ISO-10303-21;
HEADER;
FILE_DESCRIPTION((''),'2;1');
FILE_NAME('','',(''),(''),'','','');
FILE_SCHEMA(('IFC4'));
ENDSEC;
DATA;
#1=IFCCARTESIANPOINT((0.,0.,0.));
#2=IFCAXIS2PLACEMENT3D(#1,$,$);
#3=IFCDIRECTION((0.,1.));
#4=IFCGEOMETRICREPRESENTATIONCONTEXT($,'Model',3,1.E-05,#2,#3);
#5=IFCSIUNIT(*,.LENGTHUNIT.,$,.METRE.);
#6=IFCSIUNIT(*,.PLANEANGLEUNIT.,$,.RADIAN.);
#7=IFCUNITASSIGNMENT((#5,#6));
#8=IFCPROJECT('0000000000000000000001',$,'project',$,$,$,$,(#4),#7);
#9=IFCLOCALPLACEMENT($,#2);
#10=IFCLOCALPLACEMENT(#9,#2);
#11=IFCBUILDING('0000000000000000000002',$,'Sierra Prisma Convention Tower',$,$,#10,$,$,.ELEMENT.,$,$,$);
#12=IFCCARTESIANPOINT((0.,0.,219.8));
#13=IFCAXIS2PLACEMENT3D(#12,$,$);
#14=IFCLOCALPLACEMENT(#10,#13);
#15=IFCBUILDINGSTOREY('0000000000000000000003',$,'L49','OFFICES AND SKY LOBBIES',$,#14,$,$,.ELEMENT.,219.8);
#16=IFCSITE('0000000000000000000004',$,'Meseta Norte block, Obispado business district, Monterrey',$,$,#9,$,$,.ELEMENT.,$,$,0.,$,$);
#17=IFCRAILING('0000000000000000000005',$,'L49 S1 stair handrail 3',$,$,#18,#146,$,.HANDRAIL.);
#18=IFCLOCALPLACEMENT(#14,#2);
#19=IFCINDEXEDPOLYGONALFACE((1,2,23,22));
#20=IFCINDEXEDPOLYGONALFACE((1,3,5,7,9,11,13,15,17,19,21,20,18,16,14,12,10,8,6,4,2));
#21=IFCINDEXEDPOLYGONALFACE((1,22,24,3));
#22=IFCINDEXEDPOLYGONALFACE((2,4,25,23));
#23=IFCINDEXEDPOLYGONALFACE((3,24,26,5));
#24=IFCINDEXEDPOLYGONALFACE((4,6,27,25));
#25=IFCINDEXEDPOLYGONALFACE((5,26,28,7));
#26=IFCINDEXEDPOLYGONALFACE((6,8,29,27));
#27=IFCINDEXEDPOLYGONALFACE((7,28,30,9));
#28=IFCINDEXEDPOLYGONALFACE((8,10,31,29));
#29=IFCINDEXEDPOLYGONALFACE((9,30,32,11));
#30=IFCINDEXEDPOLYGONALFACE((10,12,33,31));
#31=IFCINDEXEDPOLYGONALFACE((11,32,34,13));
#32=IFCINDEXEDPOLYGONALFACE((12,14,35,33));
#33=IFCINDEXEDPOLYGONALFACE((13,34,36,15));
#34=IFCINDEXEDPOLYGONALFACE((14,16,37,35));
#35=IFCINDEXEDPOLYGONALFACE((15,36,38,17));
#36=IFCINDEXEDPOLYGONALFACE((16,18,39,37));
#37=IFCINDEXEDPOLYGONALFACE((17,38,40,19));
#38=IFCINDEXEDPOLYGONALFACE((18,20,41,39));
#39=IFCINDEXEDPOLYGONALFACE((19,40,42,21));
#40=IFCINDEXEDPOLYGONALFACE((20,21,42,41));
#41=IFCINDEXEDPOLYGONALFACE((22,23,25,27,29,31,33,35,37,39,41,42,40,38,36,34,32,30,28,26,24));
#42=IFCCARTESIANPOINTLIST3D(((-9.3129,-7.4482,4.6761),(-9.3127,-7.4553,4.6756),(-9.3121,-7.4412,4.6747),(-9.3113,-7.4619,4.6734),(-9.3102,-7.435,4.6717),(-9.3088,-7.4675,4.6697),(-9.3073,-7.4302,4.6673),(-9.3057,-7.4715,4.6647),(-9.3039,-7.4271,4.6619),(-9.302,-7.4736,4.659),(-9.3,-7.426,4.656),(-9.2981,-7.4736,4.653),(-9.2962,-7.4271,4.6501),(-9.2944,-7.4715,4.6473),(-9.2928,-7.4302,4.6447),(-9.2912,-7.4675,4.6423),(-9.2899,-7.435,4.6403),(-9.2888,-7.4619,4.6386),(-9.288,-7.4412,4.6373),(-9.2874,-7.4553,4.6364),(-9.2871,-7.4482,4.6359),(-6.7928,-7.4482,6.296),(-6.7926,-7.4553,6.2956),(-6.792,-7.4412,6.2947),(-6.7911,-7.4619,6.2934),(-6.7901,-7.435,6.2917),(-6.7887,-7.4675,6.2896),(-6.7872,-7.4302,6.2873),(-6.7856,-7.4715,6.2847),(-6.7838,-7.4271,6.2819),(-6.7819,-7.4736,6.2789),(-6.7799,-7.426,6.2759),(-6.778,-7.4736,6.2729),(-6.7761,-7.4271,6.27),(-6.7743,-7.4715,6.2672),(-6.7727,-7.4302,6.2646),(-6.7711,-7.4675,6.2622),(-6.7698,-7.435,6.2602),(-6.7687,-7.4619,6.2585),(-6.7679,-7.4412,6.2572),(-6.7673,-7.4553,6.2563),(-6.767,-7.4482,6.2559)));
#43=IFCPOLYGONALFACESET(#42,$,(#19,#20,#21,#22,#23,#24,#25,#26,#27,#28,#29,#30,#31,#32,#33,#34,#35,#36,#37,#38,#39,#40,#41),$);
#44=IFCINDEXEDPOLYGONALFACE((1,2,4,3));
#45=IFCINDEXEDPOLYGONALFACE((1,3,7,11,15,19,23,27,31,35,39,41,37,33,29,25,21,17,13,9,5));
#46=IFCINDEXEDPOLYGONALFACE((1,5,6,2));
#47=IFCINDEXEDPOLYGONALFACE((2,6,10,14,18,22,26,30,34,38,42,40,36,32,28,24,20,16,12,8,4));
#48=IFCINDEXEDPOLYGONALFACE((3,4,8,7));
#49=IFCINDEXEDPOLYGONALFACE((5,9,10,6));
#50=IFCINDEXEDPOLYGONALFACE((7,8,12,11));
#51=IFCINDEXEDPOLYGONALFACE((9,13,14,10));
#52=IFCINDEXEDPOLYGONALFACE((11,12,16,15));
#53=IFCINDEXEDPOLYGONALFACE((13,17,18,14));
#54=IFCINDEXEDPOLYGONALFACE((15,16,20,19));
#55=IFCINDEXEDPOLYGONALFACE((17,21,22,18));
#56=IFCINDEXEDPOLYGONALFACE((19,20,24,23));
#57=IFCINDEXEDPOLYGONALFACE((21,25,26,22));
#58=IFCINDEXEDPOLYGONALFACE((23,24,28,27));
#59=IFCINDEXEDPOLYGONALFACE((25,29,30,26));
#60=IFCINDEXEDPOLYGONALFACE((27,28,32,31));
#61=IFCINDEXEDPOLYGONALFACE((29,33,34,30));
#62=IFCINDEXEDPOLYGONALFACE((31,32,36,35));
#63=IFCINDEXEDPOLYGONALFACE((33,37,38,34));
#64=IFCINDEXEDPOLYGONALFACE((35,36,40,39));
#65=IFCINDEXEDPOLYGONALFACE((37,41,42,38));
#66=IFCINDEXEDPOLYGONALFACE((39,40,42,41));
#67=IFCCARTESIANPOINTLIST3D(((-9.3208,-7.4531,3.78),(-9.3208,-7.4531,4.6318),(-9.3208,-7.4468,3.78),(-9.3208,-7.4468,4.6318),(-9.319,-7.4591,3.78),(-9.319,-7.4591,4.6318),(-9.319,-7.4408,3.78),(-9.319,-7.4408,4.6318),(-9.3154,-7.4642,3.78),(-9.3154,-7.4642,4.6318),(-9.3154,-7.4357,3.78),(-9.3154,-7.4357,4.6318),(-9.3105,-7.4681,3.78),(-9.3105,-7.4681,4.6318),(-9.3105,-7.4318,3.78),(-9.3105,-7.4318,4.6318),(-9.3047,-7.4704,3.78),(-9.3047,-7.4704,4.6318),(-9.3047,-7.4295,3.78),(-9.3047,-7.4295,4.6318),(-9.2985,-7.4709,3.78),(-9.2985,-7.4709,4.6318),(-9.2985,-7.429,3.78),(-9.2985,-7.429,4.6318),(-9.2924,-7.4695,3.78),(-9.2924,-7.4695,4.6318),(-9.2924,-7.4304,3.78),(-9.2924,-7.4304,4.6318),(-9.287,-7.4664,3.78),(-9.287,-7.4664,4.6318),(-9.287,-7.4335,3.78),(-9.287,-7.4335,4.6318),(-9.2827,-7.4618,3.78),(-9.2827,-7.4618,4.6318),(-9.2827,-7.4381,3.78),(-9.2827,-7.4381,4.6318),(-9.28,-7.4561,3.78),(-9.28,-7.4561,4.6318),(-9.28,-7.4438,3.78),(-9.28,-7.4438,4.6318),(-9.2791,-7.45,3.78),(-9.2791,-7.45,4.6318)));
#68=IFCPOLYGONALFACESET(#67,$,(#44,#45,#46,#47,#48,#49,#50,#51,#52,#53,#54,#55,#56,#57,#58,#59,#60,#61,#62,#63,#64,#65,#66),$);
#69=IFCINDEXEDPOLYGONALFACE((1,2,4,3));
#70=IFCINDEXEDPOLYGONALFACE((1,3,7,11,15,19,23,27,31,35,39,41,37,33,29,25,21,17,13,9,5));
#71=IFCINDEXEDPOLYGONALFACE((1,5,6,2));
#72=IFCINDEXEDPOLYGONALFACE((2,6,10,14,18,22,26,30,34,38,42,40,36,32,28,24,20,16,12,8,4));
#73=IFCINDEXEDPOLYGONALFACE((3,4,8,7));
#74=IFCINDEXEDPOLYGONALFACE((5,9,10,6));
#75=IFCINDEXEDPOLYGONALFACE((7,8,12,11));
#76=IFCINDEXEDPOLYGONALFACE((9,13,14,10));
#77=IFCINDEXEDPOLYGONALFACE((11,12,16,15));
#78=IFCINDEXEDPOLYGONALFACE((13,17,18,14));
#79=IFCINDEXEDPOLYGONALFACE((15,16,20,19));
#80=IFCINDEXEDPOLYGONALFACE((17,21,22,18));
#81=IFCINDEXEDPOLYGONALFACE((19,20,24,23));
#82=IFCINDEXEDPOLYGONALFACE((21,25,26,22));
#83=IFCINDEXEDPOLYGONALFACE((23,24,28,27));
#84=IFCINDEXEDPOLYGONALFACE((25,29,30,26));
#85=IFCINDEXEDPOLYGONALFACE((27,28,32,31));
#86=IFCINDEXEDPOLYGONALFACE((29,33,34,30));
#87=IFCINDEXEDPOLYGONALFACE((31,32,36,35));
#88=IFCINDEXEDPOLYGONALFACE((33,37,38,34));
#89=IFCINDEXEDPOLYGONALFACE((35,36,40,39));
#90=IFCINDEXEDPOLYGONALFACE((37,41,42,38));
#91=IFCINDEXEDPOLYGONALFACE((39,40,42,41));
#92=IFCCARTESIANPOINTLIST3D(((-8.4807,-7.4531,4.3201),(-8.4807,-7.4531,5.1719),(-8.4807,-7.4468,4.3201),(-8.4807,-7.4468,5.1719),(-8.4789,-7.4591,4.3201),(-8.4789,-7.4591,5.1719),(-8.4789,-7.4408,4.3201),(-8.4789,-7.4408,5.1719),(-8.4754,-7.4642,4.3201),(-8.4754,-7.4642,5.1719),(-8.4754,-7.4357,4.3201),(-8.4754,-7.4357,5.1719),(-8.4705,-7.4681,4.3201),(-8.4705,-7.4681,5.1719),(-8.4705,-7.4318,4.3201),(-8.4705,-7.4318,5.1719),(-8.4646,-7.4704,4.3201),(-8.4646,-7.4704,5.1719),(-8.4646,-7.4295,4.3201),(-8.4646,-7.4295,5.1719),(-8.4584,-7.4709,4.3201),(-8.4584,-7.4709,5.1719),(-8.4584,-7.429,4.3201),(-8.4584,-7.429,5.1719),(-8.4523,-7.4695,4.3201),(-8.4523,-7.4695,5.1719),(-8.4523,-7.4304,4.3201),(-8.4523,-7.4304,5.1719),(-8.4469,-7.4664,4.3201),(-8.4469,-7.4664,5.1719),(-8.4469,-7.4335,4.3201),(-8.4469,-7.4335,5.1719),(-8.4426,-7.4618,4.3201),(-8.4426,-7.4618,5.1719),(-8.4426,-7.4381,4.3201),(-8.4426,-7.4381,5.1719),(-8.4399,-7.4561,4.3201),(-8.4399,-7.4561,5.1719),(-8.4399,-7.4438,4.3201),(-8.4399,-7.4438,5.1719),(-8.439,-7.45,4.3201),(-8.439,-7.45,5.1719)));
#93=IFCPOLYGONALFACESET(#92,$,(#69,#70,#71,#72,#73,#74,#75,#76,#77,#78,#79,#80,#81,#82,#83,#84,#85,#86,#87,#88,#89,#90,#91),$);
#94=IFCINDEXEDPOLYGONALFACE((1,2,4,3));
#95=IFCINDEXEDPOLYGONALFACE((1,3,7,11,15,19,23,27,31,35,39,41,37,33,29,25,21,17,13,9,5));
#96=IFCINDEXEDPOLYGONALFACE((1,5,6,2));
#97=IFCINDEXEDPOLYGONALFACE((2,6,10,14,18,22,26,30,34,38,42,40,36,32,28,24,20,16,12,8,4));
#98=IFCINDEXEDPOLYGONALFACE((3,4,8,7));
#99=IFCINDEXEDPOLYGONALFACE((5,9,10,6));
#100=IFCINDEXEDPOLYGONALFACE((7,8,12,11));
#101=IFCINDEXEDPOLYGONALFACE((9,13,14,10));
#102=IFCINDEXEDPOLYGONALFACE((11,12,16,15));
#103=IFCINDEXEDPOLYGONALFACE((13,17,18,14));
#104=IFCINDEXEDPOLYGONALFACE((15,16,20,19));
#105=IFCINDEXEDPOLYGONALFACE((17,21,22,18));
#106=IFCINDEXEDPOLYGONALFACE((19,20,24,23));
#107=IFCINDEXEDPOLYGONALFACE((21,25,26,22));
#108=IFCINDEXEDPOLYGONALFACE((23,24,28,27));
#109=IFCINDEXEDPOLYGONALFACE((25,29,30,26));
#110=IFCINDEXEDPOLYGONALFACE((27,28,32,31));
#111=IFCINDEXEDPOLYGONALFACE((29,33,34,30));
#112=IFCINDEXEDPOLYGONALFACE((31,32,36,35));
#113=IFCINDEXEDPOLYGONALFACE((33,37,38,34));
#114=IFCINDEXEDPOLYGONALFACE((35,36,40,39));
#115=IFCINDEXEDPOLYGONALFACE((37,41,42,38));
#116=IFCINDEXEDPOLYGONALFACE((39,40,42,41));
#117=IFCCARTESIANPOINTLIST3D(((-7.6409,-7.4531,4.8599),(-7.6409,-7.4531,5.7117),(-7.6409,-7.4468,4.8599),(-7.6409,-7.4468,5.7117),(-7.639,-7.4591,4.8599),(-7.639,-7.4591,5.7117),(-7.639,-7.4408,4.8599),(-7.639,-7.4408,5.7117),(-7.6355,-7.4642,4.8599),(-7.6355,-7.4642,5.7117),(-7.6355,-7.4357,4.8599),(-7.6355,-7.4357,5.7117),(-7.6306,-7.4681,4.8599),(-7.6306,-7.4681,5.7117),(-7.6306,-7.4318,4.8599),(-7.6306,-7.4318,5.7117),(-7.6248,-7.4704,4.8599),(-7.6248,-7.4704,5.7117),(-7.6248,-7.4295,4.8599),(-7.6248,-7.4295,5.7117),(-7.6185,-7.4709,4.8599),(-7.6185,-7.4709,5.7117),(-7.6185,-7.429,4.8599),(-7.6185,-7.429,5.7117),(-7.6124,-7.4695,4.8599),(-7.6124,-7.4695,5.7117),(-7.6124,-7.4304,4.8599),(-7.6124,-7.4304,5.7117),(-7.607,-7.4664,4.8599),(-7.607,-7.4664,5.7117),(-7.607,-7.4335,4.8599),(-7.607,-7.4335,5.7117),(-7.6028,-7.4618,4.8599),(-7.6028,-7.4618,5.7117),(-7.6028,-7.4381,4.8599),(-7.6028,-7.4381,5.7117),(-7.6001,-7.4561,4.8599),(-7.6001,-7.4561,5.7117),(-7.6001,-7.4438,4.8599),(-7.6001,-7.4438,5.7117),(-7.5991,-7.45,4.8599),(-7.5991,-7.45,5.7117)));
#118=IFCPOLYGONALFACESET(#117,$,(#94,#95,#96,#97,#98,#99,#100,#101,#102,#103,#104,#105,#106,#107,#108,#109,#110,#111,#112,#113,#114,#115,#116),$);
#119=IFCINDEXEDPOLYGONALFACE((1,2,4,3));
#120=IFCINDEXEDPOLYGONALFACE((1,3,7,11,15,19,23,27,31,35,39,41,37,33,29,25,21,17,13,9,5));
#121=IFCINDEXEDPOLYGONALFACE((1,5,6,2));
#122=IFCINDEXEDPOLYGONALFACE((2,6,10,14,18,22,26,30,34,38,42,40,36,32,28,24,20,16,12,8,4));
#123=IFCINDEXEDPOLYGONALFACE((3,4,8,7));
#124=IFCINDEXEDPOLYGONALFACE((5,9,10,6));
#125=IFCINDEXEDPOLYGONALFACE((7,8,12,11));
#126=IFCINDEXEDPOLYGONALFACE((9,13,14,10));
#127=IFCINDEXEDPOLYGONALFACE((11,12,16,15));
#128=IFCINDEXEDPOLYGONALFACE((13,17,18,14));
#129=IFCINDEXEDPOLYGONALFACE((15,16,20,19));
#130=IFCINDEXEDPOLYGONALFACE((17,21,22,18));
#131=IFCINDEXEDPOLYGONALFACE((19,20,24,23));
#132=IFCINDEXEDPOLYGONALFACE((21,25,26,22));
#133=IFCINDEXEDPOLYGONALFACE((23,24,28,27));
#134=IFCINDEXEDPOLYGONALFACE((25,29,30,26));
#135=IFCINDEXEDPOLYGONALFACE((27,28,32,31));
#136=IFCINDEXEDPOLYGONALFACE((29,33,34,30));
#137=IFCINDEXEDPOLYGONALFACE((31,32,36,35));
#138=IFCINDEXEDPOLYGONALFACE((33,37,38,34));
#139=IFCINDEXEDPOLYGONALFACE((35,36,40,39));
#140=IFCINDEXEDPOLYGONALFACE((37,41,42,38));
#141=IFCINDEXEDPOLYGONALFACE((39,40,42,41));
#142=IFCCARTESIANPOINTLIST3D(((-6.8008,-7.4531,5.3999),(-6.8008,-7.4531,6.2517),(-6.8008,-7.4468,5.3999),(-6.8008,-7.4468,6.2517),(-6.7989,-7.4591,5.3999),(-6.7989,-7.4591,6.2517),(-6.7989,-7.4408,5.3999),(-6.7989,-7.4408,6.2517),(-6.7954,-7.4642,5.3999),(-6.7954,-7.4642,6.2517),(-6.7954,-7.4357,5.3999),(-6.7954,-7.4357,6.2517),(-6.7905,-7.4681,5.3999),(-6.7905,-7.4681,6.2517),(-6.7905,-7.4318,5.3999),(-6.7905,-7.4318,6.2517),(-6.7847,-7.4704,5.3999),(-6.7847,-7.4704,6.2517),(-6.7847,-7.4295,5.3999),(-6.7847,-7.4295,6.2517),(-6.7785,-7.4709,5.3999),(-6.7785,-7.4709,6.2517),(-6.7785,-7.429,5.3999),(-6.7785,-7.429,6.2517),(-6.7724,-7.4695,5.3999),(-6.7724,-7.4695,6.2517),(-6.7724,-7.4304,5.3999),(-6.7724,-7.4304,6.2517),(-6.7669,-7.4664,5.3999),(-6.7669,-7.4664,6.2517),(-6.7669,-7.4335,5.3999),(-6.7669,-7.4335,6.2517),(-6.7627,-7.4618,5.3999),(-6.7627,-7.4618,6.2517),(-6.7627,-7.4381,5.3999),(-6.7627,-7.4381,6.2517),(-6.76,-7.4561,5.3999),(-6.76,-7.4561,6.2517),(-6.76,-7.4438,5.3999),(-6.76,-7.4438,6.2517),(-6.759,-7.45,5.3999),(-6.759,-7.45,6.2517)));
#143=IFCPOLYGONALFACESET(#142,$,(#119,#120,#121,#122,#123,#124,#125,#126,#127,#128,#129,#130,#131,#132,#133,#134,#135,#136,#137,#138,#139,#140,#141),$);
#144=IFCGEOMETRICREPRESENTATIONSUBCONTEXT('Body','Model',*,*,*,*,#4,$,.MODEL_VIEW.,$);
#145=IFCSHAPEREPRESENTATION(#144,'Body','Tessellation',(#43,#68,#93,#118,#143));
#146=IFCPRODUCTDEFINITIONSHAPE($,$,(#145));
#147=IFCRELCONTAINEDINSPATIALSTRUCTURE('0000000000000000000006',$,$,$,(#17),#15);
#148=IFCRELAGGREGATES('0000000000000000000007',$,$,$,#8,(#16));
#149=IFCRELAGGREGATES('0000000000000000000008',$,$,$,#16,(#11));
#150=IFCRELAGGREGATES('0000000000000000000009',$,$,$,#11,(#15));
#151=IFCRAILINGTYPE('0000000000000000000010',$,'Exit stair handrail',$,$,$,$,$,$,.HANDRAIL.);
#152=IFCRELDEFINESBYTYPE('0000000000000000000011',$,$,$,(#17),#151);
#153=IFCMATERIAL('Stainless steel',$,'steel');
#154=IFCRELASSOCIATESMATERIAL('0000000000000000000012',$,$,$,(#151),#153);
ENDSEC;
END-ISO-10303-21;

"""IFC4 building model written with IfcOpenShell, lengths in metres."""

from ifc_helpers import new_model, si_unit, direction, frame, origin, origin_2d, place, context, subcontext, project, spatial, circle, extrude, material, type_object, element, save


model = new_model("IFC4")

# Units and contexts
model_context = context("Model", 3, precision=1e-05, world=origin(), true_north=direction((0.0, 1.0)))
body_context = subcontext(model_context, "Body", "Model", "MODEL_VIEW")
ifc_project = project(units=[si_unit("LENGTHUNIT", "METRE"), si_unit("PLANEANGLEUNIT", "RADIAN")], contexts=[model_context])

# Site, building, storey
site_placement = place(None, origin())
site = spatial("IfcSite", under=ifc_project, at=site_placement, Name="Meseta Norte block, Obispado business district, Monterrey", CompositionType="ELEMENT", RefElevation=0.0)
building_placement = place(site_placement, origin())
building = spatial("IfcBuilding", under=site, at=building_placement, Name="Sierra Prisma Convention Tower", CompositionType="ELEMENT")
storey_placement = place(building_placement, frame((0.0, 0.0, 219.8)))
storey = spatial("IfcBuildingStorey", under=building, at=storey_placement, Name="L49", Description="OFFICES AND SKY LOBBIES", CompositionType="ELEMENT", Elevation=219.8)

# Railing
ifc_material_1 = material(Name="Stainless steel", Category="steel")
railing_type_1 = type_object("IfcRailingType", Name="Exit stair handrail", PredefinedType="HANDRAIL", material=ifc_material_1)
railing_1_placement = place(storey_placement, frame((-9.3, -7.45, 3.78)))
element("IfcRailing", 1, at=railing_1_placement, inside=storey, type_object=railing_type_1, Name="L49 S1 stair handrail 3", PredefinedType="HANDRAIL", context=body_context, shape_type="SweptSolid", body=[
    extrude(circle(Radius=0.0239, at=origin_2d()), frame((0.0, 0.0, 0.876), z_axis=(0.8412, 0.0, 0.540725), x_axis=(0.0, 1.0, 0.0)), (0.0, 0.0, 1.0), 2.9958),
    extrude(circle(Radius=0.021, at=origin_2d()), origin(), (0.0, 0.0, 1.0), 0.8518),
    extrude(circle(Radius=0.021, at=origin_2d()), frame((0.8401, 0.0, 0.54)), (0.0, 0.0, 1.0), 0.8518),
    extrude(circle(Radius=0.021, at=origin_2d()), frame((1.6799, 0.0, 1.0798)), (0.0, 0.0, 1.0), 0.8518),
    extrude(circle(Radius=0.021, at=origin_2d()), frame((2.52, 0.0, 1.6199)), (0.0, 0.0, 1.0), 0.8518),
])

save(model, "model.ifc")
